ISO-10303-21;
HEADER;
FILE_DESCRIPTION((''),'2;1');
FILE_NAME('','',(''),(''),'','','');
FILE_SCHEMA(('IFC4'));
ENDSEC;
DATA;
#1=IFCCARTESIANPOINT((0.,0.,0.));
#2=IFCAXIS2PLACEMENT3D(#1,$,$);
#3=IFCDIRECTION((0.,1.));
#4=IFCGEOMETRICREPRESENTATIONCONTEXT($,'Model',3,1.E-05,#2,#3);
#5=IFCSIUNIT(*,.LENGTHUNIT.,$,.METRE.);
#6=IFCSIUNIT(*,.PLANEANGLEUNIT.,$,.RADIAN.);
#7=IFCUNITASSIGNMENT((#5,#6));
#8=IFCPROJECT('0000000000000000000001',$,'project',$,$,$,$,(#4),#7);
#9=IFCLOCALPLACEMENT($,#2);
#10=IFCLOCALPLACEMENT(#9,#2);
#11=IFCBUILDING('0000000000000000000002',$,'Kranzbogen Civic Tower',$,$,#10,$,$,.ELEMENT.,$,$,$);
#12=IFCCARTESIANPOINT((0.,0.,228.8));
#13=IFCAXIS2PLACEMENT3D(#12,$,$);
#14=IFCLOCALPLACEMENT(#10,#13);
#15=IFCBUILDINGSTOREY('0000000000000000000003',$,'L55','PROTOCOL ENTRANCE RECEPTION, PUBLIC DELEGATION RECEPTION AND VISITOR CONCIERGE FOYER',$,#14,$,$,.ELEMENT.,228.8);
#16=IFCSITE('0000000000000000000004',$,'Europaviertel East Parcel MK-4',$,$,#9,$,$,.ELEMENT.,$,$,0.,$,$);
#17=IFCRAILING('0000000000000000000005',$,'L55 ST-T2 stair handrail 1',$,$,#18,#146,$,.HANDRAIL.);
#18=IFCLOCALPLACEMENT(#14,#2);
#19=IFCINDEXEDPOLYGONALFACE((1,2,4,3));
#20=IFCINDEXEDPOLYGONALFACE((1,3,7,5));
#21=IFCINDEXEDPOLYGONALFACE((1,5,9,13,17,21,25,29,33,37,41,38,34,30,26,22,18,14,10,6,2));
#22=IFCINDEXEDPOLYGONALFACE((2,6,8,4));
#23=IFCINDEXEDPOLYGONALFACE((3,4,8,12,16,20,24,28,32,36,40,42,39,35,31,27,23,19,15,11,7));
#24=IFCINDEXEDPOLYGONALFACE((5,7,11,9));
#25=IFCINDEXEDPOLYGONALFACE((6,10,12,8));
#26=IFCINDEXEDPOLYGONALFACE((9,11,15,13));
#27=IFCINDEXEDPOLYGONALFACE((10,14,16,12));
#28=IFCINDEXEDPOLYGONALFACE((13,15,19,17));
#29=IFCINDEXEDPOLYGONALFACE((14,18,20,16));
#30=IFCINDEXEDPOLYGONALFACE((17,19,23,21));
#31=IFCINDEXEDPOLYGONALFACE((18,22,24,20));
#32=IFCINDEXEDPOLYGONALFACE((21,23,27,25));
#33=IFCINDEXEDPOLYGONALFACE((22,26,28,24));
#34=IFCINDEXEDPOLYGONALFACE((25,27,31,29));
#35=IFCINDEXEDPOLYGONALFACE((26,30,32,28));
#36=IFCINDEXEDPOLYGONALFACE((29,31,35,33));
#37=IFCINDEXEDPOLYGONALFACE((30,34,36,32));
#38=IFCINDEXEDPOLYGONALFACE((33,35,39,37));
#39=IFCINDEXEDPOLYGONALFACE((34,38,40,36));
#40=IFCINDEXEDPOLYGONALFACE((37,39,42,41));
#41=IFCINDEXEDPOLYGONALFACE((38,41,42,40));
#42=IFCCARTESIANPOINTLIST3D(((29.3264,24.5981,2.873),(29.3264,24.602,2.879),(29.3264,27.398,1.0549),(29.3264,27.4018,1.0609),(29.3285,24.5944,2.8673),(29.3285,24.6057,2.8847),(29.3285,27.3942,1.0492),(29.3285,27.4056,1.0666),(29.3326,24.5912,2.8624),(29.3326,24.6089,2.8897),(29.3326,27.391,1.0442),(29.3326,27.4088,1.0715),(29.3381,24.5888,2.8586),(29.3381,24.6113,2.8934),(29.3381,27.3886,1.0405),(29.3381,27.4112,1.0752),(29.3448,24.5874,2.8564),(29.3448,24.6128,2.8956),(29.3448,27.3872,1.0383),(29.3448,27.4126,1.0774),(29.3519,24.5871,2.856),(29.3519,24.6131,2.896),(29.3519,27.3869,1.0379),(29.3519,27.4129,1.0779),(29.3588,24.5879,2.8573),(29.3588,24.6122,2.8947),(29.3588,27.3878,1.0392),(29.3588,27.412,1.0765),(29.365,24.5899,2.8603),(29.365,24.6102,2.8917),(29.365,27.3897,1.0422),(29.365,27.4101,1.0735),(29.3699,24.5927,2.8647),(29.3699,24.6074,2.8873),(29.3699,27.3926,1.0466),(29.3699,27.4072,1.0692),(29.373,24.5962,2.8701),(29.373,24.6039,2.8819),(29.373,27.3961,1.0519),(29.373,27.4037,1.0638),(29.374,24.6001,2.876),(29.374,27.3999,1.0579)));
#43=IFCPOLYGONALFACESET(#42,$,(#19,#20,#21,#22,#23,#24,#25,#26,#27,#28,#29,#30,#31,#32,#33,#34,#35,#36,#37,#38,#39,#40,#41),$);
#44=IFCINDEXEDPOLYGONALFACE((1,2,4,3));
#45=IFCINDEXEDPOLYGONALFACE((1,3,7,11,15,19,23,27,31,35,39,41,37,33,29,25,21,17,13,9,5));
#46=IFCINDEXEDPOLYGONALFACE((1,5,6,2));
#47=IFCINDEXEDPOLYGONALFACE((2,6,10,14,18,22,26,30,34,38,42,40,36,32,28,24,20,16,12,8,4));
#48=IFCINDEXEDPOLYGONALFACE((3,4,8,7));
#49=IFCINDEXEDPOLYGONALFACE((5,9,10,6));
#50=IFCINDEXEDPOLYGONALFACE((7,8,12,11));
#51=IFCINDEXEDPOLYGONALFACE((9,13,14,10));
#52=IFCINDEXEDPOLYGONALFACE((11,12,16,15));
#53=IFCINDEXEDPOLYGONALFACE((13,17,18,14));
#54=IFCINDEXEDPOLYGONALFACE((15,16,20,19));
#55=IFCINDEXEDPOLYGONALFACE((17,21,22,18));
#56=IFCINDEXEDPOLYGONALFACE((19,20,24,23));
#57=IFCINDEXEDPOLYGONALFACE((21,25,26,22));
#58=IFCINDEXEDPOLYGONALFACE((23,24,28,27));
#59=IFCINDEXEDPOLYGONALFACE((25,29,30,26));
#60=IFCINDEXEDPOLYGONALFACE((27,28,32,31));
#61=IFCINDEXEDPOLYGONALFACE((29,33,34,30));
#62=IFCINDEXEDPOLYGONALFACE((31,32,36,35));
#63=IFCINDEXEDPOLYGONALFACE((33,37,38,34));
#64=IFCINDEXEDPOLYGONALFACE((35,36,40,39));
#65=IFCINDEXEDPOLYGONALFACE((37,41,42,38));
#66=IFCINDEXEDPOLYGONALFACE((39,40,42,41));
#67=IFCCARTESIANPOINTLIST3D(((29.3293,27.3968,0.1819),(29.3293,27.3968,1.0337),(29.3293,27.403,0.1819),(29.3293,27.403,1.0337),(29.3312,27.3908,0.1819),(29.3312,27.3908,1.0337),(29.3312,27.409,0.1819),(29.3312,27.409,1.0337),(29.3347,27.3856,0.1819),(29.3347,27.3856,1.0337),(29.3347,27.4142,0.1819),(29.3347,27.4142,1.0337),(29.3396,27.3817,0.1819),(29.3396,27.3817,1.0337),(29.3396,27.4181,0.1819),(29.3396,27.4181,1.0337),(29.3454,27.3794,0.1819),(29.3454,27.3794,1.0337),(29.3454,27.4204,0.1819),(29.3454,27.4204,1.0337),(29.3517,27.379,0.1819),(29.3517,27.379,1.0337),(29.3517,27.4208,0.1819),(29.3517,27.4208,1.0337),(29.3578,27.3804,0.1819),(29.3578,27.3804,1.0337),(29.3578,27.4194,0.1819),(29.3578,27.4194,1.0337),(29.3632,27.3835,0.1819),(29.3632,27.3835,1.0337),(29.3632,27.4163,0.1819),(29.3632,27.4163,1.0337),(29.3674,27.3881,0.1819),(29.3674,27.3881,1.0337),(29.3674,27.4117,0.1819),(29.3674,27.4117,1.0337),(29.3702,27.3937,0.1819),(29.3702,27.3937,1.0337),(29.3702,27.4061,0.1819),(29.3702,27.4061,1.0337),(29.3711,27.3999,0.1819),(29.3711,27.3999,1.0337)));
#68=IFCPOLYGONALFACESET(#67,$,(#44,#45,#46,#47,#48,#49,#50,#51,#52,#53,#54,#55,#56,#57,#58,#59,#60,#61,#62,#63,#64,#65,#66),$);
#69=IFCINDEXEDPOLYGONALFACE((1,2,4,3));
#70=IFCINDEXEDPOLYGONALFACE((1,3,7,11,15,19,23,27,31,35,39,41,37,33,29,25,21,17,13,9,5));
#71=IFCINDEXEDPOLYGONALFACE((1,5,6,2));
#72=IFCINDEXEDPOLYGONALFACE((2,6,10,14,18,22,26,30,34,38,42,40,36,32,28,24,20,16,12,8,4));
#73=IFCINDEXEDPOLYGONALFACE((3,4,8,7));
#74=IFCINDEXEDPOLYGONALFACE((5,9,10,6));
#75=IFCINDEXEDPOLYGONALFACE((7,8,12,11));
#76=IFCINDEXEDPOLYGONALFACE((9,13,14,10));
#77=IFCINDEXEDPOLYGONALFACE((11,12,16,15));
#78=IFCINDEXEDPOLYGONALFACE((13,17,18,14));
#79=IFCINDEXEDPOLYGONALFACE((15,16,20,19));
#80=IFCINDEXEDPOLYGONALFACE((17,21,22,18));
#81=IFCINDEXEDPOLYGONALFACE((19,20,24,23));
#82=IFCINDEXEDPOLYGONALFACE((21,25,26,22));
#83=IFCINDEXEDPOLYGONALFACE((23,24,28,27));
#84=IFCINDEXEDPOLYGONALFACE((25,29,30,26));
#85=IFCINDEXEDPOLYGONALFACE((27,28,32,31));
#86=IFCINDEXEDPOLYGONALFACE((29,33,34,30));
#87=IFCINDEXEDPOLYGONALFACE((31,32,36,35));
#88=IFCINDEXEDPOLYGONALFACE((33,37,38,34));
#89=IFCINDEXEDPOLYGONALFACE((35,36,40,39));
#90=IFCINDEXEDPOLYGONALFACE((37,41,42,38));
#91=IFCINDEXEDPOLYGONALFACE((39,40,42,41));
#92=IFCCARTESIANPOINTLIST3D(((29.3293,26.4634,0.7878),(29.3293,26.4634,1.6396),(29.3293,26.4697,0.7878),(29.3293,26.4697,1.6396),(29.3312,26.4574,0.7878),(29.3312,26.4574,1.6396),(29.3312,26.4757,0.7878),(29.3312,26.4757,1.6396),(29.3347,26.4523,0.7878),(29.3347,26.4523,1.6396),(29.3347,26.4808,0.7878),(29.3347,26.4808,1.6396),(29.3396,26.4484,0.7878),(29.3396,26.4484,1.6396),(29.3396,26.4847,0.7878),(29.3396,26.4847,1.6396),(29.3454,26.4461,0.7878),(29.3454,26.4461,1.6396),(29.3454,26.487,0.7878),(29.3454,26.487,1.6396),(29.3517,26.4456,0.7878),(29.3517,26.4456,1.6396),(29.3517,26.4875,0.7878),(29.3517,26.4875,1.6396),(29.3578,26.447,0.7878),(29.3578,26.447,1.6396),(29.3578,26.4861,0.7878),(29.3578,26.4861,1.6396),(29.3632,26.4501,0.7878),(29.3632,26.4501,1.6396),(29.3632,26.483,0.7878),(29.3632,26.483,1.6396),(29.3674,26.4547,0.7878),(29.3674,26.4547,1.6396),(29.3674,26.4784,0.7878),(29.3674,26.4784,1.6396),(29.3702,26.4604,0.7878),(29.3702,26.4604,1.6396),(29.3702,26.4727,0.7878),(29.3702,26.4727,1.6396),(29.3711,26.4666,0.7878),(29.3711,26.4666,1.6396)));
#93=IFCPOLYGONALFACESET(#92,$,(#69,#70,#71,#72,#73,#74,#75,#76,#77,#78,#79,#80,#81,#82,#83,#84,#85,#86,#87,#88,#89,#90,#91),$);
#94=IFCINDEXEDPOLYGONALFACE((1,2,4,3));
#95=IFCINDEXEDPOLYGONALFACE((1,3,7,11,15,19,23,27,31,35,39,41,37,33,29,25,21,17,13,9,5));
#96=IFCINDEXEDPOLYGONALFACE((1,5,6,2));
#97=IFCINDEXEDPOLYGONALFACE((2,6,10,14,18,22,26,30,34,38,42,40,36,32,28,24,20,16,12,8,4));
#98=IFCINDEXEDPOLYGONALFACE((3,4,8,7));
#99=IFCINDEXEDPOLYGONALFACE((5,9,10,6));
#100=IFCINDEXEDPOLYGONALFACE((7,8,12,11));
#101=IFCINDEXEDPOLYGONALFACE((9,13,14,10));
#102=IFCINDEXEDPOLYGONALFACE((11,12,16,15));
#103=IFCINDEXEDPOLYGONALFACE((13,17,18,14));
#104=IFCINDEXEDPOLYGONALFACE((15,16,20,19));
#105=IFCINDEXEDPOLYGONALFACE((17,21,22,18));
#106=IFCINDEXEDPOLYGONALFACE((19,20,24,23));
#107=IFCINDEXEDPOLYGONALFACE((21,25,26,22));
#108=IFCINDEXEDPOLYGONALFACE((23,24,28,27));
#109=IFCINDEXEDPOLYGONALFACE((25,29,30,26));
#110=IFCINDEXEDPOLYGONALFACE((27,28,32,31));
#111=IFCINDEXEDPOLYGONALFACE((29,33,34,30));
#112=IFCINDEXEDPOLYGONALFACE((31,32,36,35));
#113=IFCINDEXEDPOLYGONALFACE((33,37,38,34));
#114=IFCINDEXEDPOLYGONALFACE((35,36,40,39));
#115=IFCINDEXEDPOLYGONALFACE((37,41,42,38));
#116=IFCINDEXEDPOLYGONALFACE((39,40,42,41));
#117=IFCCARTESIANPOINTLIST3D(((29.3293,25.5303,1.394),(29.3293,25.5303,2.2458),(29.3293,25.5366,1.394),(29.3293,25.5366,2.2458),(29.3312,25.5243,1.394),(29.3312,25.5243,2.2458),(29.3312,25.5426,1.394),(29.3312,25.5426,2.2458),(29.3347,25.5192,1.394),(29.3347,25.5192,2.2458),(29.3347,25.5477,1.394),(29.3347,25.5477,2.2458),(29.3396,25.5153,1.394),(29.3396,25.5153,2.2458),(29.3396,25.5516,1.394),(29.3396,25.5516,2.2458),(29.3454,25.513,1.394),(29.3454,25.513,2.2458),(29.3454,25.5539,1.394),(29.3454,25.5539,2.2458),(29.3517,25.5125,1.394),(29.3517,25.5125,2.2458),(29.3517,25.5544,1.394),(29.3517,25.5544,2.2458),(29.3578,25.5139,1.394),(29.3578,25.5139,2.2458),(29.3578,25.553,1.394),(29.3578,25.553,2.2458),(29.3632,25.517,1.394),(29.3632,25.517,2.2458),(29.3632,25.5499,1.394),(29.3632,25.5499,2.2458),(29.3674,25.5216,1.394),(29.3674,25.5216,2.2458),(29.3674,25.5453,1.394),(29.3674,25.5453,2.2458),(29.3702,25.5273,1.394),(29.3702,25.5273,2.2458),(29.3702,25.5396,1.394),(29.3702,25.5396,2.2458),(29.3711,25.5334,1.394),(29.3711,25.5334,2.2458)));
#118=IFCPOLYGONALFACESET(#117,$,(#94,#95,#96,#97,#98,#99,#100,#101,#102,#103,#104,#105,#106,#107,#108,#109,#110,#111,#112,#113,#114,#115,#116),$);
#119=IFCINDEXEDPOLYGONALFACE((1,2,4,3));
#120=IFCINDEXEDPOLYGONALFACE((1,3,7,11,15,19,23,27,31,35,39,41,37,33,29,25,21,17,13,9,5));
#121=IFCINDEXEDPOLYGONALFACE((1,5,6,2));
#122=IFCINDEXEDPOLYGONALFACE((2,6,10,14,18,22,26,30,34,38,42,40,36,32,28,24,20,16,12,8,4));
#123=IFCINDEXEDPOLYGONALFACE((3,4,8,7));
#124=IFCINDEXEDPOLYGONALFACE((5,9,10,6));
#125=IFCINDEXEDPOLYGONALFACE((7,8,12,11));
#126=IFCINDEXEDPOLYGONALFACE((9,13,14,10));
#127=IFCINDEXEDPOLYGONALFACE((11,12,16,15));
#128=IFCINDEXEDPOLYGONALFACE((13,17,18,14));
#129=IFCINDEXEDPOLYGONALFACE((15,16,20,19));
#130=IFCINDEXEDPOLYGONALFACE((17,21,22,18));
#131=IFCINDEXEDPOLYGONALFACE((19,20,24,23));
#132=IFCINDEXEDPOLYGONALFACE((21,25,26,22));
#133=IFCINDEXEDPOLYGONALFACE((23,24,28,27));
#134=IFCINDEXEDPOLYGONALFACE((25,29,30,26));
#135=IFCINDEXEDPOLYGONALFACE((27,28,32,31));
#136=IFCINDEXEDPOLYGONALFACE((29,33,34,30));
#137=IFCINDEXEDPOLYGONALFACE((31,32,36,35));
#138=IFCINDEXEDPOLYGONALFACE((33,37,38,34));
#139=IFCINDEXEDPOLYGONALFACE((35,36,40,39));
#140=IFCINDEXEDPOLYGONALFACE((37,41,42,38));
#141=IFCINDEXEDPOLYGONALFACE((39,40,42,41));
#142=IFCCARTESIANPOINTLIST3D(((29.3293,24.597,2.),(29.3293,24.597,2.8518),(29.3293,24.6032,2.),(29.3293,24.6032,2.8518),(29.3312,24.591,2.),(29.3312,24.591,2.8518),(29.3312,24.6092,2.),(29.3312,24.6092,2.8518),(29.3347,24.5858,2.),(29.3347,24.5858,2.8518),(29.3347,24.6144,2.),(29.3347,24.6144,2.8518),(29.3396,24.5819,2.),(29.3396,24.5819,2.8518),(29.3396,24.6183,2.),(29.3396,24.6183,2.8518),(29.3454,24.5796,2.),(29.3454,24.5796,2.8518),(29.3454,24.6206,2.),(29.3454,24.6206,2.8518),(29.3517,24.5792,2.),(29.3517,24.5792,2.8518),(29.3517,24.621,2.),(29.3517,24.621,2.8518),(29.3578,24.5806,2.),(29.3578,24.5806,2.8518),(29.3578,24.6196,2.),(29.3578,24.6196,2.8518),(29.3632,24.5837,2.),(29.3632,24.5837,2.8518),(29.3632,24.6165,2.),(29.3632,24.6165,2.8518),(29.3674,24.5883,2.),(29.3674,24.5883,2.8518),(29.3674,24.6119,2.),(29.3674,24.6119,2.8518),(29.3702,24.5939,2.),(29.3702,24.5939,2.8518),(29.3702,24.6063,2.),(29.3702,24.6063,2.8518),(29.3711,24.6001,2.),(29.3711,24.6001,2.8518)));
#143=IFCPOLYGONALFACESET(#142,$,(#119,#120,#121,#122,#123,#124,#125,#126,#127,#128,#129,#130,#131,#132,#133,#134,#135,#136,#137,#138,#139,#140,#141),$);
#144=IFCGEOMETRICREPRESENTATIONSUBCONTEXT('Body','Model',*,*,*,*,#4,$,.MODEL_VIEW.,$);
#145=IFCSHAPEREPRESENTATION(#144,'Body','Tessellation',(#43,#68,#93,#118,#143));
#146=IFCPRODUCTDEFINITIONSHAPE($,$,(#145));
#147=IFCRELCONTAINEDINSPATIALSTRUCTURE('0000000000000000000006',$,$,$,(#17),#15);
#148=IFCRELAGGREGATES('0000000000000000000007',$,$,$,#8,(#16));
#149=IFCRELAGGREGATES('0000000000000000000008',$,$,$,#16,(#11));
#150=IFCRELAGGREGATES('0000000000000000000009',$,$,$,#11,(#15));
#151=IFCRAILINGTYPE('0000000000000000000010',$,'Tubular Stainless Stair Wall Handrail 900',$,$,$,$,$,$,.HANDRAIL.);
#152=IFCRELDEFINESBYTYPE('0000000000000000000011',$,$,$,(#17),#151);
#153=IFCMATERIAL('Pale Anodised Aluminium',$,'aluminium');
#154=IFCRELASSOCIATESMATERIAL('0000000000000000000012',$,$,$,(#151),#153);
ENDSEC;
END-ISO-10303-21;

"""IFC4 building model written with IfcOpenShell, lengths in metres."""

from ifc_helpers import new_model, si_unit, direction, frame, origin, origin_2d, place, context, subcontext, project, spatial, circle, extrude, material, type_object, element, save


model = new_model("IFC4")

# Units and contexts
model_context = context("Model", 3, precision=1e-05, world=origin(), true_north=direction((0.0, 1.0)))
body_context = subcontext(model_context, "Body", "Model", "MODEL_VIEW")
ifc_project = project(units=[si_unit("LENGTHUNIT", "METRE"), si_unit("PLANEANGLEUNIT", "RADIAN")], contexts=[model_context])

# Site, building, storey
site_placement = place(None, origin())
site = spatial("IfcSite", under=ifc_project, at=site_placement, Name="Europaviertel East Parcel MK-4", CompositionType="ELEMENT", RefElevation=0.0)
building_placement = place(site_placement, origin())
building = spatial("IfcBuilding", under=site, at=building_placement, Name="Kranzbogen Civic Tower", CompositionType="ELEMENT")
storey_placement = place(building_placement, frame((0.0, 0.0, 228.8)))
storey = spatial("IfcBuildingStorey", under=building, at=storey_placement, Name="L55", Description="PROTOCOL ENTRANCE RECEPTION, PUBLIC DELEGATION RECEPTION AND VISITOR CONCIERGE FOYER", CompositionType="ELEMENT", Elevation=228.8)

# Shared definitions
ifc_material_1 = material(Name="Pale Anodised Aluminium", Category="aluminium")

# Railing
railing_type_1 = type_object("IfcRailingType", Name="Tubular Stainless Stair Wall Handrail 900", PredefinedType="HANDRAIL", material=ifc_material_1)
railing_1_placement = place(storey_placement, frame((29.3501, 27.3999, 0.1819)))
element("IfcRailing", 1, at=railing_1_placement, inside=storey, type_object=railing_type_1, Name="L55 ST-T2 stair handrail 1", PredefinedType="HANDRAIL", context=body_context, shape_type="SweptSolid", body=[
    extrude(circle(Radius=0.0239, at=origin_2d()), frame((0.0, 0.0, 0.876), z_axis=(0.0, -0.838684, 0.544618), x_axis=(1.0, 0.0, 0.0)), (0.0, 0.0, 1.0), 3.3384),
    extrude(circle(Radius=0.021, at=origin_2d()), origin(), (0.0, 0.0, 1.0), 0.8518),
    extrude(circle(Radius=0.021, at=origin_2d()), frame((0.0, -0.9333, 0.606)), (0.0, 0.0, 1.0), 0.8518),
    extrude(circle(Radius=0.021, at=origin_2d()), frame((0.0, -1.8665, 1.2122)), (0.0, 0.0, 1.0), 0.8518),
    extrude(circle(Radius=0.021, at=origin_2d()), frame((0.0, -2.7998, 1.8181)), (0.0, 0.0, 1.0), 0.8518),
])

save(model, "model.ifc")
